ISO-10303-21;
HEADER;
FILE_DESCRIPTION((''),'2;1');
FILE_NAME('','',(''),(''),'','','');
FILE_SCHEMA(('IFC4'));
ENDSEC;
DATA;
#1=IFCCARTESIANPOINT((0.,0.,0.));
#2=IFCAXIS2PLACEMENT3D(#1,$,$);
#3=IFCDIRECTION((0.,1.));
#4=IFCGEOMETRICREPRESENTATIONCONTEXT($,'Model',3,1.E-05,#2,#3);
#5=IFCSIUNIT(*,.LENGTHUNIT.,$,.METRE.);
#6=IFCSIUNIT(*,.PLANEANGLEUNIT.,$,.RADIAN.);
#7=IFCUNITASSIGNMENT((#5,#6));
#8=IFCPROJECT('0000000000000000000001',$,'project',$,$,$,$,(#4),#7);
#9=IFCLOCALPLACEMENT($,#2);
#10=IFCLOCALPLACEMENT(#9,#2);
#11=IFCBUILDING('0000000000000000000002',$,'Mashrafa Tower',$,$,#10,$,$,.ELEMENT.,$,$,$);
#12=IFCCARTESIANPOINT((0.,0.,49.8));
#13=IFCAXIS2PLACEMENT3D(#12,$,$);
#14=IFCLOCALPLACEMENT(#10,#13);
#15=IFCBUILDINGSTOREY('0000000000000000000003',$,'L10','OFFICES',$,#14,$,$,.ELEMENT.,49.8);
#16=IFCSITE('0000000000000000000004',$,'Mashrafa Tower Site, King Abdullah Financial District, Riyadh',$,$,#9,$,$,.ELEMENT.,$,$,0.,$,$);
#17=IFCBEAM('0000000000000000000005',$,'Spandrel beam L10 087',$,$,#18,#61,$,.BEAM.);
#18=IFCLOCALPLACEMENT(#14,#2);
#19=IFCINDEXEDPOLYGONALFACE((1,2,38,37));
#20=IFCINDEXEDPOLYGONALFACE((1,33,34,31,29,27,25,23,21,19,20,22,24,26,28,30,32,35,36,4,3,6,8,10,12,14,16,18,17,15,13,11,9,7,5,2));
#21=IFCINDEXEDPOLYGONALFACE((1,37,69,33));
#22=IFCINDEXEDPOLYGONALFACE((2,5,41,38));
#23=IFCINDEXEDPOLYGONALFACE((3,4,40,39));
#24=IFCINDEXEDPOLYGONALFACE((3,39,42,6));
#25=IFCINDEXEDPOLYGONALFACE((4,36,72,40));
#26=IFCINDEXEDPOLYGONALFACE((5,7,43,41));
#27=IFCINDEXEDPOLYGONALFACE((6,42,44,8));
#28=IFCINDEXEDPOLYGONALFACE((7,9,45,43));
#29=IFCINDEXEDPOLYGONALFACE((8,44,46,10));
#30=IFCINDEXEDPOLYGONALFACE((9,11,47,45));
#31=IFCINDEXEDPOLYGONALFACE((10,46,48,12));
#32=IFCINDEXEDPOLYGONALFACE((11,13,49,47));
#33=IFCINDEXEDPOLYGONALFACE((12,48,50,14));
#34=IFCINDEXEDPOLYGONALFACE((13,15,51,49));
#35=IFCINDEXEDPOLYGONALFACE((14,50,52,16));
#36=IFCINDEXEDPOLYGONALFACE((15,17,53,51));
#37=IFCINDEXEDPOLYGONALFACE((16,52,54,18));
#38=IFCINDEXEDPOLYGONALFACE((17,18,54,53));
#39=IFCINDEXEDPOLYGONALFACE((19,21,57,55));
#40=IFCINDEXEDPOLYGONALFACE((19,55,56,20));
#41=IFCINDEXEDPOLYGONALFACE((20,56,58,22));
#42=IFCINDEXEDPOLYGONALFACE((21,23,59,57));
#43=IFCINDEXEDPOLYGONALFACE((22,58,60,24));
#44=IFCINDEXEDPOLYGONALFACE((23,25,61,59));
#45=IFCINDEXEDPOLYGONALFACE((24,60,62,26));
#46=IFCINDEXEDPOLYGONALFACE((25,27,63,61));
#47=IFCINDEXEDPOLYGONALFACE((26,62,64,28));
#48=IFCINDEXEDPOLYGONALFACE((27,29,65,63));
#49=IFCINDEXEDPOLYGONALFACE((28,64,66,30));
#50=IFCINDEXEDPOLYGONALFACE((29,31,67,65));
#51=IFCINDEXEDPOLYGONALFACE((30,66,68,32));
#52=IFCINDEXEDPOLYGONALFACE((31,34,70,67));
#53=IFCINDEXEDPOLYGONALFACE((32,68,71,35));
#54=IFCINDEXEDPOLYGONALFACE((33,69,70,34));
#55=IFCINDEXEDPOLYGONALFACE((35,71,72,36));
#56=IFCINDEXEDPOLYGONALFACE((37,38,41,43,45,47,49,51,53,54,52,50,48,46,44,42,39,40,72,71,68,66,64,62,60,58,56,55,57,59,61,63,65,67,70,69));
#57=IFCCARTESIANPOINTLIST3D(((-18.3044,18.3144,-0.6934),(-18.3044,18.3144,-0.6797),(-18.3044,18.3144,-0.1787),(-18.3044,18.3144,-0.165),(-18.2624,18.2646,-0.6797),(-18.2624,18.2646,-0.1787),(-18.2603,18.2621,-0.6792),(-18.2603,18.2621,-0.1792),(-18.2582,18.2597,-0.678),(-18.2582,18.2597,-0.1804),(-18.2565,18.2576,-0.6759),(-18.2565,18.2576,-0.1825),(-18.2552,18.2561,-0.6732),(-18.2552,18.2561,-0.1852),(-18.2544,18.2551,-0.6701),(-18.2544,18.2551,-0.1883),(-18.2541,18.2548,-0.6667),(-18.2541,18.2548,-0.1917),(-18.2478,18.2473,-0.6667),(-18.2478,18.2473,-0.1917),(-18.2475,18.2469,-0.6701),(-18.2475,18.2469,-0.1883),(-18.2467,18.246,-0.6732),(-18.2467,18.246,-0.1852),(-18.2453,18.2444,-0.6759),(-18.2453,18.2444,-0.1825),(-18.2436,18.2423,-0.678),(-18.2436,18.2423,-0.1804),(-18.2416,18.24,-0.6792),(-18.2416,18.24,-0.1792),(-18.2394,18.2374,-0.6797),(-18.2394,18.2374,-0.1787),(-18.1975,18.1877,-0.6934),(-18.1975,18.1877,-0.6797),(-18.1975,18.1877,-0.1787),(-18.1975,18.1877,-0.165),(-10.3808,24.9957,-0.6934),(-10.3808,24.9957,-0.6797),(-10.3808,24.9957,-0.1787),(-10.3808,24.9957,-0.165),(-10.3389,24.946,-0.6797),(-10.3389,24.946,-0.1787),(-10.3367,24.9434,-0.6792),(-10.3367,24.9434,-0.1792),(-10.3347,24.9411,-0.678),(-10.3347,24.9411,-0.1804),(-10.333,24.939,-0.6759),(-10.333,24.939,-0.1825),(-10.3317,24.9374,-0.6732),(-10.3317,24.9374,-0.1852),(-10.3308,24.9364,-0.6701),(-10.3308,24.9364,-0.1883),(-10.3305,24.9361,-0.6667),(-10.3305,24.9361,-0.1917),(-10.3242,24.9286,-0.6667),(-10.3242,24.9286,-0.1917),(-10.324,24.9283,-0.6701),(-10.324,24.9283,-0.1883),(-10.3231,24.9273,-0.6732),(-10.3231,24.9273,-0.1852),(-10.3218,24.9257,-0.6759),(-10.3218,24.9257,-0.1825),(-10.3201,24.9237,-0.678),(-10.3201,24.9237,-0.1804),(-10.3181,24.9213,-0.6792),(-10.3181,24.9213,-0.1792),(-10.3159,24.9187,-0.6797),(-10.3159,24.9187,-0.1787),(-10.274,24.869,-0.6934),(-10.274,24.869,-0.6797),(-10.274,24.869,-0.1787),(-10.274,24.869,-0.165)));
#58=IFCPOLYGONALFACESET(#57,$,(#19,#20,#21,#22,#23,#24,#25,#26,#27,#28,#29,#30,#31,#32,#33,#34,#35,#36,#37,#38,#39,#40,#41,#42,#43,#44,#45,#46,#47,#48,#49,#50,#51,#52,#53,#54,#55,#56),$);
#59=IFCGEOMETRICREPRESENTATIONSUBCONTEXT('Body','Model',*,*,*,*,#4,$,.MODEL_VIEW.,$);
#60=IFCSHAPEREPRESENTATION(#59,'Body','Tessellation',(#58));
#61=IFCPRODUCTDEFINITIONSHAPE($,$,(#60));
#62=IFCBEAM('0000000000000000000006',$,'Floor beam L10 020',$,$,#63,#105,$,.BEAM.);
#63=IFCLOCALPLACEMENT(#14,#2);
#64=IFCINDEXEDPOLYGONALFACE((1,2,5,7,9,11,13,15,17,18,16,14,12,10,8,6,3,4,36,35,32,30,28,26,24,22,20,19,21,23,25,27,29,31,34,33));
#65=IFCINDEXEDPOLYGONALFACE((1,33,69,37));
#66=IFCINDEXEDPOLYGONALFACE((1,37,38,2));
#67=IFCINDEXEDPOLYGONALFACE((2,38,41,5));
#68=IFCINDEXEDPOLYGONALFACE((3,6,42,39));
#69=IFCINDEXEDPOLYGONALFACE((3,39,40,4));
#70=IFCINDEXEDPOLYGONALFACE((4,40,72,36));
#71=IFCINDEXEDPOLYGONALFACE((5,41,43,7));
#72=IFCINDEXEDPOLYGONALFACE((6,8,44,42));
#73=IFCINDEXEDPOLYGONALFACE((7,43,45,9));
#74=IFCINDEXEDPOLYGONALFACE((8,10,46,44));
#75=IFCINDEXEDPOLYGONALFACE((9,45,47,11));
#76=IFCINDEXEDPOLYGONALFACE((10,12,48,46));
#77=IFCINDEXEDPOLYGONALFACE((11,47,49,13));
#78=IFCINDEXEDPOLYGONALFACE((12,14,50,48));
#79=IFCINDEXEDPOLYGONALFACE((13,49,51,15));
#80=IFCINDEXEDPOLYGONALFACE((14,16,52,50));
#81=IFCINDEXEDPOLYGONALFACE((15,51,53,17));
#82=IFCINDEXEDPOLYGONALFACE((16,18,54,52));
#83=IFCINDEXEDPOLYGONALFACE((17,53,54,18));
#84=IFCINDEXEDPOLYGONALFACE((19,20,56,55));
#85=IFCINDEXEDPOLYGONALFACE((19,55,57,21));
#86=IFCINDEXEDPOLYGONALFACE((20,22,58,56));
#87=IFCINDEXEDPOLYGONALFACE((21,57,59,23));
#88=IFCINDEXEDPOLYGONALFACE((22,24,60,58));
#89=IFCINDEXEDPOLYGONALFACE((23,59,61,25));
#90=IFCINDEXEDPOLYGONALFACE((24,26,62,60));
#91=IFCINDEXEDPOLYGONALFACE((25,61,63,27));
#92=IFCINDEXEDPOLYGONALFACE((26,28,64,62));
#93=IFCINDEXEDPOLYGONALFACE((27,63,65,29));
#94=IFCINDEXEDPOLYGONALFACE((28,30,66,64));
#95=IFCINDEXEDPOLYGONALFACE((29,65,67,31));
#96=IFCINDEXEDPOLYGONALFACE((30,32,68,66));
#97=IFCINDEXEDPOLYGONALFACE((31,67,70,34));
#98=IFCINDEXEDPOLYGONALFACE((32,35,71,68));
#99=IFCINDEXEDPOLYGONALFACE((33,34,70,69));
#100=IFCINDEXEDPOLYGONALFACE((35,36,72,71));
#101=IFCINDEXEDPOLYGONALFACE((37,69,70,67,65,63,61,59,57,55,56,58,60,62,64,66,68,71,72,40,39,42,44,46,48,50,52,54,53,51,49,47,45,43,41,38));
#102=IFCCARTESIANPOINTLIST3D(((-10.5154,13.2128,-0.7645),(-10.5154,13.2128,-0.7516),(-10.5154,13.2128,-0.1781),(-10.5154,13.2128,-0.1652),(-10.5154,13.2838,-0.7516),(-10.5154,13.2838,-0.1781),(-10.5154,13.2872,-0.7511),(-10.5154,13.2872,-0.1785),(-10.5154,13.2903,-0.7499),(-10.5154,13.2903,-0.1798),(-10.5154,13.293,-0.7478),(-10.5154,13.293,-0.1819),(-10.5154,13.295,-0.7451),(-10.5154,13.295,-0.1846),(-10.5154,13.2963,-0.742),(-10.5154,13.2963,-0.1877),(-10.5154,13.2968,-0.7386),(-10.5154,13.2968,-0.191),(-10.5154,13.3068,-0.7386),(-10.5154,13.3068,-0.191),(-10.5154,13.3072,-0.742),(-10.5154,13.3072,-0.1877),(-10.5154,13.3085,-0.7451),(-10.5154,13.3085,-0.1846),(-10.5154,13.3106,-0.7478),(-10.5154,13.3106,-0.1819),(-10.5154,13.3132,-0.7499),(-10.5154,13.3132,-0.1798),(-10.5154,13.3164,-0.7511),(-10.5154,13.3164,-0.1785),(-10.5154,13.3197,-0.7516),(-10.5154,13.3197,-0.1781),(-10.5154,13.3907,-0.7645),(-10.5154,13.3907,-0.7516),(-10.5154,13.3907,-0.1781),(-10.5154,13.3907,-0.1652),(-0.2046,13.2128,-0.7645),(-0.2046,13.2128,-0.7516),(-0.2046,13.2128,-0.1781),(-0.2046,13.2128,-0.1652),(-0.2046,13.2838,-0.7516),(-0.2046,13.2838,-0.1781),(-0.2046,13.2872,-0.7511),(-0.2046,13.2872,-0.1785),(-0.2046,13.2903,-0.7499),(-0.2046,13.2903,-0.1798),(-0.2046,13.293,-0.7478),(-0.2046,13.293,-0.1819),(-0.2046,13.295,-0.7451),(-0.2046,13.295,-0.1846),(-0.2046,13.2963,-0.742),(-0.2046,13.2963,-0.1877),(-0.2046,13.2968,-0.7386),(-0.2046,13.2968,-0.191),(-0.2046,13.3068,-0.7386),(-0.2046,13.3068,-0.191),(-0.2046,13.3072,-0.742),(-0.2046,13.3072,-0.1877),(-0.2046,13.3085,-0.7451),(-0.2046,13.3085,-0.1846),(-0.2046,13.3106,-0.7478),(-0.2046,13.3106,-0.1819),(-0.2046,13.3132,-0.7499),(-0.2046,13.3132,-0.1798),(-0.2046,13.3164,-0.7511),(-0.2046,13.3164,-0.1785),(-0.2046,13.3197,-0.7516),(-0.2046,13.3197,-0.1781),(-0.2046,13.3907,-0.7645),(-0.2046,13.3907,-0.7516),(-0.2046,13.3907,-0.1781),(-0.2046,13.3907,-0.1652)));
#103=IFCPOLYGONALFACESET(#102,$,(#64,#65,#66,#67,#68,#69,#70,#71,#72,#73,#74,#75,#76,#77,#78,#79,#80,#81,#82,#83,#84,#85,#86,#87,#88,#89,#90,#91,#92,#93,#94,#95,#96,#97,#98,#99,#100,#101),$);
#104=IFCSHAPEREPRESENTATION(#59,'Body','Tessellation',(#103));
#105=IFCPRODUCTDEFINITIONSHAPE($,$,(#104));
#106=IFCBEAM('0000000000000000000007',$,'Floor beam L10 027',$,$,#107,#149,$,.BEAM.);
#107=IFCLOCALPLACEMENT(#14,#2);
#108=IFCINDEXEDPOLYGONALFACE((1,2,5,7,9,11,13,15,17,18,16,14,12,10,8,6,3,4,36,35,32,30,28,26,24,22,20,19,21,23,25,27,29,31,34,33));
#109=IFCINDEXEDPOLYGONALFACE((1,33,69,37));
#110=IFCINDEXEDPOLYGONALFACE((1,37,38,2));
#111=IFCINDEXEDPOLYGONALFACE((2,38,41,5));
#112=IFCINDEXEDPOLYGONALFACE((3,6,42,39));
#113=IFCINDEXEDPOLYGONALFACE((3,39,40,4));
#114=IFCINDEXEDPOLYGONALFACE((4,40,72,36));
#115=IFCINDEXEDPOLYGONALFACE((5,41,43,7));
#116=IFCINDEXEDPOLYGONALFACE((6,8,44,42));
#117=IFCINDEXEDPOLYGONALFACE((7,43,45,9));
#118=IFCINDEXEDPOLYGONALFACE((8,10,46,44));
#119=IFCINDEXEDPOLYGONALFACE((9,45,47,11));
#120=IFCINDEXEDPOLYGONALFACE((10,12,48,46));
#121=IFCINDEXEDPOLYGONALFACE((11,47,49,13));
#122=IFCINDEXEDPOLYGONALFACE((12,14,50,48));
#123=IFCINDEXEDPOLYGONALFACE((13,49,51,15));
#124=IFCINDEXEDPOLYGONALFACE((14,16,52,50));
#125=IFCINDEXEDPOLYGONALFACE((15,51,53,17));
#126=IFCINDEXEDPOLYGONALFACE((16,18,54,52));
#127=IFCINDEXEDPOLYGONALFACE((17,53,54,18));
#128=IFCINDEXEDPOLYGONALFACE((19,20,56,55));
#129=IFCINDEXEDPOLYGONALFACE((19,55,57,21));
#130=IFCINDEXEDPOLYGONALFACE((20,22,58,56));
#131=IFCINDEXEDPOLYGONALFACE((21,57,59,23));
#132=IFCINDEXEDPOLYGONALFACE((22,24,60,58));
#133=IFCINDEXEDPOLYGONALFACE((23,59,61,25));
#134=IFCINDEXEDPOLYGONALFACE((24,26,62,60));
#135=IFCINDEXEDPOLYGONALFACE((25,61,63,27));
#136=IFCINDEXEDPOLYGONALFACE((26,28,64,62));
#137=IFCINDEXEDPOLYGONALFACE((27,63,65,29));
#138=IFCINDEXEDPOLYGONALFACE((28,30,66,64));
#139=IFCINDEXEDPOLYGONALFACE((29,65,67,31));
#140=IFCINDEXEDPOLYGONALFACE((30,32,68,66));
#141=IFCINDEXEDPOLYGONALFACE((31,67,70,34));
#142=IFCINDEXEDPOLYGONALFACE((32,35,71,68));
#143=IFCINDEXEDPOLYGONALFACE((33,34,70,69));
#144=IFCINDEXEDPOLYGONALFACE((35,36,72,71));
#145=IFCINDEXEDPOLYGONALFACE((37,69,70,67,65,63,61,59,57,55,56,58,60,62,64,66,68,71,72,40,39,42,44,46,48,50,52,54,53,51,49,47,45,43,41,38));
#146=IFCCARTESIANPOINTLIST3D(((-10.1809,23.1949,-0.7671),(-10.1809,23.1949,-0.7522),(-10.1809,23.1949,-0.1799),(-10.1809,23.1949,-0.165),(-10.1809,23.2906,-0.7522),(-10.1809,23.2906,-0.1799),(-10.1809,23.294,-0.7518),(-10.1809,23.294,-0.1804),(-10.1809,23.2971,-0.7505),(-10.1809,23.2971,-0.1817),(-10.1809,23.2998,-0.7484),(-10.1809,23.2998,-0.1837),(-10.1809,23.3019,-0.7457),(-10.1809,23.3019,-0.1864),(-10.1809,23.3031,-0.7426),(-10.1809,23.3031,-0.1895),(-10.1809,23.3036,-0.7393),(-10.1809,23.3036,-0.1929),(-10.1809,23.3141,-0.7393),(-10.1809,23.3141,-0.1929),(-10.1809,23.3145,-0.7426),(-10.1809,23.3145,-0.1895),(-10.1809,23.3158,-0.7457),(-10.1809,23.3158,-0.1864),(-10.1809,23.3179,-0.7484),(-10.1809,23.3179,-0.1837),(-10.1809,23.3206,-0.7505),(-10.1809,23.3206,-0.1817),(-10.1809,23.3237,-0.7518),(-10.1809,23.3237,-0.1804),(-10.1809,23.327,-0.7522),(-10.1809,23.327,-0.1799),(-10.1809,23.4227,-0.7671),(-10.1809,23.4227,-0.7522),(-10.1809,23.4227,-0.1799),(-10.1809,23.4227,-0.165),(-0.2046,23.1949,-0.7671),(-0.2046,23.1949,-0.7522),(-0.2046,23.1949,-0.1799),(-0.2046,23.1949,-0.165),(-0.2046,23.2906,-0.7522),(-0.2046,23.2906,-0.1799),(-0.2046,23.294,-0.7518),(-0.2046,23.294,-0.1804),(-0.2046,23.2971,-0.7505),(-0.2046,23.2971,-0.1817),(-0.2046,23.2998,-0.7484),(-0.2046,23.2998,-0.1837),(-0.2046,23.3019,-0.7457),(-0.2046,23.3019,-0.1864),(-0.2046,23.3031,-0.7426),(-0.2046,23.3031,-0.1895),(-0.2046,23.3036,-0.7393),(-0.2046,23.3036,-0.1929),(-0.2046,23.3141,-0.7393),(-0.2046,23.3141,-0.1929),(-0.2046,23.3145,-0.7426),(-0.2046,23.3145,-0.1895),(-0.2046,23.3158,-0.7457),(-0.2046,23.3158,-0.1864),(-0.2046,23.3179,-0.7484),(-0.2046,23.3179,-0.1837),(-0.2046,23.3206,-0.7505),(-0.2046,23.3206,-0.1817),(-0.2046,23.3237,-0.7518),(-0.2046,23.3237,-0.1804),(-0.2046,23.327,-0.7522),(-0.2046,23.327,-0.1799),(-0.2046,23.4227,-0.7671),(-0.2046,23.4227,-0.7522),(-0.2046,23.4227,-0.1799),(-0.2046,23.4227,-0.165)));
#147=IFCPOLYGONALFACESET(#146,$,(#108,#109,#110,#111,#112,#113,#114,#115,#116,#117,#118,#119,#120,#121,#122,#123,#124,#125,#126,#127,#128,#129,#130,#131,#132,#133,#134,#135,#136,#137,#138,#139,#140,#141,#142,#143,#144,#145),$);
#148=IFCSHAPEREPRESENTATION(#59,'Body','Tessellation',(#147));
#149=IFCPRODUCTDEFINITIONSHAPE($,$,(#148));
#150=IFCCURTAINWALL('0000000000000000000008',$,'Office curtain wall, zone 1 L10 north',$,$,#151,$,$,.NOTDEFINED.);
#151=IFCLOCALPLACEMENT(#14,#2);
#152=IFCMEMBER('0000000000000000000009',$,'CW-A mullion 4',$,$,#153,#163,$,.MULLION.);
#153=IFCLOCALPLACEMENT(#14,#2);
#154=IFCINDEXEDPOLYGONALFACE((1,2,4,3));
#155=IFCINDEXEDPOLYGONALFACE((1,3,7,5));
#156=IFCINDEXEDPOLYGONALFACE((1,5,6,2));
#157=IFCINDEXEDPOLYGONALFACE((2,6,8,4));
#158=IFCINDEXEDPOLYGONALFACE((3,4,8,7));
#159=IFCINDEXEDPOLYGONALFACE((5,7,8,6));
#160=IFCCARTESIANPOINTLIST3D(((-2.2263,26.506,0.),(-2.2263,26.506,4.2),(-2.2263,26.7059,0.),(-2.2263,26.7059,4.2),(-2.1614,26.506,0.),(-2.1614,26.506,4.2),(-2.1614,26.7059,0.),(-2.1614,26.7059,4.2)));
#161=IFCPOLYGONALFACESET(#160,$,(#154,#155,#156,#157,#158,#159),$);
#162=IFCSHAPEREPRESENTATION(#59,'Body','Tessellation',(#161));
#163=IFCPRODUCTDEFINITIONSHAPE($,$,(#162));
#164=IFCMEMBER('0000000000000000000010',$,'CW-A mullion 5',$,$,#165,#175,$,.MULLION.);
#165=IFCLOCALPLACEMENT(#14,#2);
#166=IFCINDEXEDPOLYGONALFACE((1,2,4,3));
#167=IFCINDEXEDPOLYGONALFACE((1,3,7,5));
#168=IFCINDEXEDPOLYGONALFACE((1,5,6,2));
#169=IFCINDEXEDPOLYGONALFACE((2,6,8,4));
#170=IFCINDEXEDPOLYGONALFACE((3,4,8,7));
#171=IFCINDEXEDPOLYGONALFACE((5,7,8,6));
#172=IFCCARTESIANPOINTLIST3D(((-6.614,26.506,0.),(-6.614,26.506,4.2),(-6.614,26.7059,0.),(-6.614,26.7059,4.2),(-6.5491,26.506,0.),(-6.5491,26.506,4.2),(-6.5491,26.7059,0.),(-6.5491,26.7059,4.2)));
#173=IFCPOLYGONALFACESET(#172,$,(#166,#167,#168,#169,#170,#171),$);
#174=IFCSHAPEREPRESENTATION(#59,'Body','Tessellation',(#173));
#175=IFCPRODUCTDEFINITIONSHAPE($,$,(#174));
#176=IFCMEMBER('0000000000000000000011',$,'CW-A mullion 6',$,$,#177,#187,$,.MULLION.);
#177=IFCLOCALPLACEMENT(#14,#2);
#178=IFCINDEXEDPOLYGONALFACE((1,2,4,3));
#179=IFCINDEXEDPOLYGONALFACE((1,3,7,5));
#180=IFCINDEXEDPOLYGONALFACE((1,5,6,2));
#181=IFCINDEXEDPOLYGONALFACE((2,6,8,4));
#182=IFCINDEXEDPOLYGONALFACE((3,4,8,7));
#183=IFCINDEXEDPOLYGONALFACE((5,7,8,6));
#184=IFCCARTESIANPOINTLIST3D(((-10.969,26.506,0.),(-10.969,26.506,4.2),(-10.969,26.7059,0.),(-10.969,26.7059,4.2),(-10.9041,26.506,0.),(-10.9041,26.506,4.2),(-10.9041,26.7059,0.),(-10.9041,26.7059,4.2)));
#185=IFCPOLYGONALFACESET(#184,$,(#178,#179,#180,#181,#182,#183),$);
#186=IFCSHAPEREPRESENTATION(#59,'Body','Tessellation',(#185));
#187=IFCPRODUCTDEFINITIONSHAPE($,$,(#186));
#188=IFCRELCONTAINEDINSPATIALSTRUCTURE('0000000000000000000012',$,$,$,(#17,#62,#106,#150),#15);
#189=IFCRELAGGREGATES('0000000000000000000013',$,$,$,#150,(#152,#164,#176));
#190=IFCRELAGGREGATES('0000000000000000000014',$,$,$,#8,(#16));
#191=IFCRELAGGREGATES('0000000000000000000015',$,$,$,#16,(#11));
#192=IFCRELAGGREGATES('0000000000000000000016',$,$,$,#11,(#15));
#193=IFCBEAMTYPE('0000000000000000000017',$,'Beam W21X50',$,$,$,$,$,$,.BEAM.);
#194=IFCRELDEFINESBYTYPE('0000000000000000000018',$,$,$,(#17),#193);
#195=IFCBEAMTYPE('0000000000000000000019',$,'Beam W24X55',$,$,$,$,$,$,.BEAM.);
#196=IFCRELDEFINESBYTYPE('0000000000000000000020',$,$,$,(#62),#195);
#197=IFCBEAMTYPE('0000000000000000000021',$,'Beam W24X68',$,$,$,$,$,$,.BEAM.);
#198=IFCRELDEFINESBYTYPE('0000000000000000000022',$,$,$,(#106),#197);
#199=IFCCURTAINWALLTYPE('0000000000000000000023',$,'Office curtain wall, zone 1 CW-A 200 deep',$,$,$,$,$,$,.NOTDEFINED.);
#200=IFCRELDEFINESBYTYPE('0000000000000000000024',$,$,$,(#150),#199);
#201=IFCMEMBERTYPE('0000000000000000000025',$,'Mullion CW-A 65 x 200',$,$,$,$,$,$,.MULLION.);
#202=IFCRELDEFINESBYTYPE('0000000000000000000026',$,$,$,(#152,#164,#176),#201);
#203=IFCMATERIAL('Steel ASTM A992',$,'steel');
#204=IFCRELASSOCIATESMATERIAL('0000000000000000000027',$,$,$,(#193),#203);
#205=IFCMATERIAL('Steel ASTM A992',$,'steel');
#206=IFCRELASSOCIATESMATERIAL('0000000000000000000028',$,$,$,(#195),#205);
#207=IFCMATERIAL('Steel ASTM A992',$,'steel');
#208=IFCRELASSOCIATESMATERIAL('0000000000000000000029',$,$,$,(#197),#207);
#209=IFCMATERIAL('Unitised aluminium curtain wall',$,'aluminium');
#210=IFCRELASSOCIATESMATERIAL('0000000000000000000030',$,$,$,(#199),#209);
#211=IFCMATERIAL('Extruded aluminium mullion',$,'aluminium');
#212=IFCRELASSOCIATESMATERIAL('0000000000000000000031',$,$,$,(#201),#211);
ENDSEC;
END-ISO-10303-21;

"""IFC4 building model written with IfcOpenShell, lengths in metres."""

from ifc_helpers import new_model, si_unit, direction, frame, origin, origin_2d, place, context, subcontext, project, spatial, rectangle, i_section, extrude, source, transform, mapped, material, material_profile, profile_set, type_object, type_shapes, element, aggregate, save


model = new_model("IFC4")

# Units and contexts
model_context = context("Model", 3, precision=1e-05, world=origin(), true_north=direction((0.0, 1.0)))
body_context = subcontext(model_context, "Body", "Model", "MODEL_VIEW")
ifc_project = project(units=[si_unit("LENGTHUNIT", "METRE"), si_unit("PLANEANGLEUNIT", "RADIAN")], contexts=[model_context])

# Site, building, storey
site_placement = place(None, origin())
site = spatial("IfcSite", under=ifc_project, at=site_placement, Name="Mashrafa Tower Site, King Abdullah Financial District, Riyadh", CompositionType="ELEMENT", RefElevation=0.0)
building_placement = place(site_placement, origin())
building = spatial("IfcBuilding", under=site, at=building_placement, Name="Mashrafa Tower", CompositionType="ELEMENT")
storey_placement = place(building_placement, frame((0.0, 0.0, 49.8)))
storey = spatial("IfcBuildingStorey", under=building, at=storey_placement, Name="L10", Description="OFFICES", CompositionType="ELEMENT", Elevation=49.8)

# Beams
ifc_material_1 = material(Name="Steel ASTM A992", Category="steel")
ifc_material_profile_1 = material_profile(ifc_material_1, i_section(OverallWidth=0.1658, OverallDepth=0.5283, WebThickness=0.0098, FlangeThickness=0.0137, FilletRadius=0.0129, at=origin_2d()), Name="W21X50")
ifc_profile_set_1 = profile_set([ifc_material_profile_1], Name="Steel ASTM A992")
beam_type_1 = type_object("IfcBeamType", Name="Beam W21X50", PredefinedType="BEAM", material=ifc_profile_set_1)
beam_1_placement = place(storey_placement, frame((-10.3274, 24.9324, -0.4292), z_axis=(-0.764488, -0.644638, 0.0), x_axis=(0.644638, -0.764488, 0.0)))
element("IfcBeam", 1, at=beam_1_placement, inside=storey, type_object=beam_type_1, Name="Spandrel beam L10 087", PredefinedType="BEAM", context=body_context, shape_type="SweptSolid", body=[
    extrude(i_section(OverallWidth=0.1658, OverallDepth=0.5283, WebThickness=0.0098, FlangeThickness=0.0137, FilletRadius=0.0129, at=origin_2d()), origin(), (0.0, 0.0, 1.0), 10.3645),
])
ifc_material_2 = material(Name="Steel ASTM A992", Category="steel")
ifc_material_profile_2 = material_profile(ifc_material_2, i_section(OverallWidth=0.178, OverallDepth=0.5994, WebThickness=0.01, FlangeThickness=0.0129, FilletRadius=0.0129, at=origin_2d()), Name="W24X55")
ifc_profile_set_2 = profile_set([ifc_material_profile_2], Name="Steel ASTM A992")
beam_type_2 = type_object("IfcBeamType", Name="Beam W24X55", PredefinedType="BEAM", material=ifc_profile_set_2)
beam_2_placement = place(storey_placement, frame((-10.5154, 13.3018, -0.4648), z_axis=(1.0, 0.0, 0.0), x_axis=(0.0, 1.0, 0.0)))
element("IfcBeam", 2, at=beam_2_placement, inside=storey, type_object=beam_type_2, Name="Floor beam L10 020", PredefinedType="BEAM", context=body_context, shape_type="SweptSolid", body=[
    extrude(i_section(OverallWidth=0.178, OverallDepth=0.5994, WebThickness=0.01, FlangeThickness=0.0129, FilletRadius=0.0129, at=origin_2d()), origin(), (0.0, 0.0, 1.0), 10.3108),
])
ifc_material_3 = material(Name="Steel ASTM A992", Category="steel")
ifc_material_profile_3 = material_profile(ifc_material_3, i_section(OverallWidth=0.2278, OverallDepth=0.6021, WebThickness=0.0105, FlangeThickness=0.0149, FilletRadius=0.0129, at=origin_2d()), Name="W24X68")
ifc_profile_set_3 = profile_set([ifc_material_profile_3], Name="Steel ASTM A992")
beam_type_3 = type_object("IfcBeamType", Name="Beam W24X68", PredefinedType="BEAM", material=ifc_profile_set_3)
beam_3_placement = place(storey_placement, frame((-10.1809, 23.3088, -0.4661), z_axis=(1.0, 0.0, 0.0), x_axis=(0.0, 1.0, 0.0)))
element("IfcBeam", 3, at=beam_3_placement, inside=storey, type_object=beam_type_3, Name="Floor beam L10 027", PredefinedType="BEAM", context=body_context, shape_type="SweptSolid", body=[
    extrude(i_section(OverallWidth=0.2278, OverallDepth=0.6021, WebThickness=0.0105, FlangeThickness=0.0149, FilletRadius=0.0129, at=origin_2d()), origin(), (0.0, 0.0, 1.0), 9.9763),
])

# Curtain wall, members
ifc_material_4 = material(Name="Unitised aluminium curtain wall", Category="aluminium")
curtain_wall_type = type_object("IfcCurtainWallType", Name="Office curtain wall, zone 1 CW-A 200 deep", PredefinedType="NOTDEFINED", material=ifc_material_4)
curtain_wall_1_placement = place(storey_placement, origin())
curtain_wall_1 = element("IfcCurtainWall", 4, at=curtain_wall_1_placement, inside=storey, type_object=curtain_wall_type, Name="Office curtain wall, zone 1 L10 north", PredefinedType="NOTDEFINED")
ifc_material_5 = material(Name="Extruded aluminium mullion", Category="aluminium")
ifc_material_profile_4 = material_profile(ifc_material_5, rectangle(XDim=0.2, YDim=0.0649, at=origin_2d()), Name="Mullion 65x200")
ifc_profile_set_4 = profile_set([ifc_material_profile_4], Name="Extruded aluminium mullion")
member_type_1 = type_object("IfcMemberType", Name="Mullion CW-A 65 x 200", PredefinedType="MULLION", material=ifc_profile_set_4)
shared_shape_1 = source(origin(), body_context, "Body", "SweptSolid", [
    extrude(rectangle(XDim=0.2, YDim=0.0649, at=origin_2d()), origin(), (0.0, 0.0, 1.0), 4.2),
])
type_shapes(member_type_1, [shared_shape_1])
member_1_placement = place(storey_placement, frame((-2.1938, 26.606, 0.0), z_axis=(0.0, 0.0, 1.0), x_axis=(0.0, -1.0, 0.0)))
member_1 = element("IfcMember", 5, at=member_1_placement, type_object=member_type_1, Name="CW-A mullion 4", PredefinedType="MULLION", context=body_context, shape_type="MappedRepresentation", body=[
    mapped(shared_shape_1, transform((0.0, 0.0, 0.0))),
])
member_2_placement = place(storey_placement, frame((-6.5815, 26.606, 0.0), z_axis=(0.0, 0.0, 1.0), x_axis=(0.0, -1.0, 0.0)))
member_2 = element("IfcMember", 6, at=member_2_placement, type_object=member_type_1, Name="CW-A mullion 5", PredefinedType="MULLION", context=body_context, shape_type="MappedRepresentation", body=[
    mapped(shared_shape_1, transform((0.0, 0.0, 0.0))),
])
member_3_placement = place(storey_placement, frame((-10.9365, 26.606, 0.0), z_axis=(0.0, 0.0, 1.0), x_axis=(0.0, -1.0, 0.0)))
member_3 = element("IfcMember", 7, at=member_3_placement, type_object=member_type_1, Name="CW-A mullion 6", PredefinedType="MULLION", context=body_context, shape_type="MappedRepresentation", body=[
    mapped(shared_shape_1, transform((0.0, 0.0, 0.0))),
])

aggregate(curtain_wall_1, [member_1, member_2, member_3])

save(model, "model.ifc")
